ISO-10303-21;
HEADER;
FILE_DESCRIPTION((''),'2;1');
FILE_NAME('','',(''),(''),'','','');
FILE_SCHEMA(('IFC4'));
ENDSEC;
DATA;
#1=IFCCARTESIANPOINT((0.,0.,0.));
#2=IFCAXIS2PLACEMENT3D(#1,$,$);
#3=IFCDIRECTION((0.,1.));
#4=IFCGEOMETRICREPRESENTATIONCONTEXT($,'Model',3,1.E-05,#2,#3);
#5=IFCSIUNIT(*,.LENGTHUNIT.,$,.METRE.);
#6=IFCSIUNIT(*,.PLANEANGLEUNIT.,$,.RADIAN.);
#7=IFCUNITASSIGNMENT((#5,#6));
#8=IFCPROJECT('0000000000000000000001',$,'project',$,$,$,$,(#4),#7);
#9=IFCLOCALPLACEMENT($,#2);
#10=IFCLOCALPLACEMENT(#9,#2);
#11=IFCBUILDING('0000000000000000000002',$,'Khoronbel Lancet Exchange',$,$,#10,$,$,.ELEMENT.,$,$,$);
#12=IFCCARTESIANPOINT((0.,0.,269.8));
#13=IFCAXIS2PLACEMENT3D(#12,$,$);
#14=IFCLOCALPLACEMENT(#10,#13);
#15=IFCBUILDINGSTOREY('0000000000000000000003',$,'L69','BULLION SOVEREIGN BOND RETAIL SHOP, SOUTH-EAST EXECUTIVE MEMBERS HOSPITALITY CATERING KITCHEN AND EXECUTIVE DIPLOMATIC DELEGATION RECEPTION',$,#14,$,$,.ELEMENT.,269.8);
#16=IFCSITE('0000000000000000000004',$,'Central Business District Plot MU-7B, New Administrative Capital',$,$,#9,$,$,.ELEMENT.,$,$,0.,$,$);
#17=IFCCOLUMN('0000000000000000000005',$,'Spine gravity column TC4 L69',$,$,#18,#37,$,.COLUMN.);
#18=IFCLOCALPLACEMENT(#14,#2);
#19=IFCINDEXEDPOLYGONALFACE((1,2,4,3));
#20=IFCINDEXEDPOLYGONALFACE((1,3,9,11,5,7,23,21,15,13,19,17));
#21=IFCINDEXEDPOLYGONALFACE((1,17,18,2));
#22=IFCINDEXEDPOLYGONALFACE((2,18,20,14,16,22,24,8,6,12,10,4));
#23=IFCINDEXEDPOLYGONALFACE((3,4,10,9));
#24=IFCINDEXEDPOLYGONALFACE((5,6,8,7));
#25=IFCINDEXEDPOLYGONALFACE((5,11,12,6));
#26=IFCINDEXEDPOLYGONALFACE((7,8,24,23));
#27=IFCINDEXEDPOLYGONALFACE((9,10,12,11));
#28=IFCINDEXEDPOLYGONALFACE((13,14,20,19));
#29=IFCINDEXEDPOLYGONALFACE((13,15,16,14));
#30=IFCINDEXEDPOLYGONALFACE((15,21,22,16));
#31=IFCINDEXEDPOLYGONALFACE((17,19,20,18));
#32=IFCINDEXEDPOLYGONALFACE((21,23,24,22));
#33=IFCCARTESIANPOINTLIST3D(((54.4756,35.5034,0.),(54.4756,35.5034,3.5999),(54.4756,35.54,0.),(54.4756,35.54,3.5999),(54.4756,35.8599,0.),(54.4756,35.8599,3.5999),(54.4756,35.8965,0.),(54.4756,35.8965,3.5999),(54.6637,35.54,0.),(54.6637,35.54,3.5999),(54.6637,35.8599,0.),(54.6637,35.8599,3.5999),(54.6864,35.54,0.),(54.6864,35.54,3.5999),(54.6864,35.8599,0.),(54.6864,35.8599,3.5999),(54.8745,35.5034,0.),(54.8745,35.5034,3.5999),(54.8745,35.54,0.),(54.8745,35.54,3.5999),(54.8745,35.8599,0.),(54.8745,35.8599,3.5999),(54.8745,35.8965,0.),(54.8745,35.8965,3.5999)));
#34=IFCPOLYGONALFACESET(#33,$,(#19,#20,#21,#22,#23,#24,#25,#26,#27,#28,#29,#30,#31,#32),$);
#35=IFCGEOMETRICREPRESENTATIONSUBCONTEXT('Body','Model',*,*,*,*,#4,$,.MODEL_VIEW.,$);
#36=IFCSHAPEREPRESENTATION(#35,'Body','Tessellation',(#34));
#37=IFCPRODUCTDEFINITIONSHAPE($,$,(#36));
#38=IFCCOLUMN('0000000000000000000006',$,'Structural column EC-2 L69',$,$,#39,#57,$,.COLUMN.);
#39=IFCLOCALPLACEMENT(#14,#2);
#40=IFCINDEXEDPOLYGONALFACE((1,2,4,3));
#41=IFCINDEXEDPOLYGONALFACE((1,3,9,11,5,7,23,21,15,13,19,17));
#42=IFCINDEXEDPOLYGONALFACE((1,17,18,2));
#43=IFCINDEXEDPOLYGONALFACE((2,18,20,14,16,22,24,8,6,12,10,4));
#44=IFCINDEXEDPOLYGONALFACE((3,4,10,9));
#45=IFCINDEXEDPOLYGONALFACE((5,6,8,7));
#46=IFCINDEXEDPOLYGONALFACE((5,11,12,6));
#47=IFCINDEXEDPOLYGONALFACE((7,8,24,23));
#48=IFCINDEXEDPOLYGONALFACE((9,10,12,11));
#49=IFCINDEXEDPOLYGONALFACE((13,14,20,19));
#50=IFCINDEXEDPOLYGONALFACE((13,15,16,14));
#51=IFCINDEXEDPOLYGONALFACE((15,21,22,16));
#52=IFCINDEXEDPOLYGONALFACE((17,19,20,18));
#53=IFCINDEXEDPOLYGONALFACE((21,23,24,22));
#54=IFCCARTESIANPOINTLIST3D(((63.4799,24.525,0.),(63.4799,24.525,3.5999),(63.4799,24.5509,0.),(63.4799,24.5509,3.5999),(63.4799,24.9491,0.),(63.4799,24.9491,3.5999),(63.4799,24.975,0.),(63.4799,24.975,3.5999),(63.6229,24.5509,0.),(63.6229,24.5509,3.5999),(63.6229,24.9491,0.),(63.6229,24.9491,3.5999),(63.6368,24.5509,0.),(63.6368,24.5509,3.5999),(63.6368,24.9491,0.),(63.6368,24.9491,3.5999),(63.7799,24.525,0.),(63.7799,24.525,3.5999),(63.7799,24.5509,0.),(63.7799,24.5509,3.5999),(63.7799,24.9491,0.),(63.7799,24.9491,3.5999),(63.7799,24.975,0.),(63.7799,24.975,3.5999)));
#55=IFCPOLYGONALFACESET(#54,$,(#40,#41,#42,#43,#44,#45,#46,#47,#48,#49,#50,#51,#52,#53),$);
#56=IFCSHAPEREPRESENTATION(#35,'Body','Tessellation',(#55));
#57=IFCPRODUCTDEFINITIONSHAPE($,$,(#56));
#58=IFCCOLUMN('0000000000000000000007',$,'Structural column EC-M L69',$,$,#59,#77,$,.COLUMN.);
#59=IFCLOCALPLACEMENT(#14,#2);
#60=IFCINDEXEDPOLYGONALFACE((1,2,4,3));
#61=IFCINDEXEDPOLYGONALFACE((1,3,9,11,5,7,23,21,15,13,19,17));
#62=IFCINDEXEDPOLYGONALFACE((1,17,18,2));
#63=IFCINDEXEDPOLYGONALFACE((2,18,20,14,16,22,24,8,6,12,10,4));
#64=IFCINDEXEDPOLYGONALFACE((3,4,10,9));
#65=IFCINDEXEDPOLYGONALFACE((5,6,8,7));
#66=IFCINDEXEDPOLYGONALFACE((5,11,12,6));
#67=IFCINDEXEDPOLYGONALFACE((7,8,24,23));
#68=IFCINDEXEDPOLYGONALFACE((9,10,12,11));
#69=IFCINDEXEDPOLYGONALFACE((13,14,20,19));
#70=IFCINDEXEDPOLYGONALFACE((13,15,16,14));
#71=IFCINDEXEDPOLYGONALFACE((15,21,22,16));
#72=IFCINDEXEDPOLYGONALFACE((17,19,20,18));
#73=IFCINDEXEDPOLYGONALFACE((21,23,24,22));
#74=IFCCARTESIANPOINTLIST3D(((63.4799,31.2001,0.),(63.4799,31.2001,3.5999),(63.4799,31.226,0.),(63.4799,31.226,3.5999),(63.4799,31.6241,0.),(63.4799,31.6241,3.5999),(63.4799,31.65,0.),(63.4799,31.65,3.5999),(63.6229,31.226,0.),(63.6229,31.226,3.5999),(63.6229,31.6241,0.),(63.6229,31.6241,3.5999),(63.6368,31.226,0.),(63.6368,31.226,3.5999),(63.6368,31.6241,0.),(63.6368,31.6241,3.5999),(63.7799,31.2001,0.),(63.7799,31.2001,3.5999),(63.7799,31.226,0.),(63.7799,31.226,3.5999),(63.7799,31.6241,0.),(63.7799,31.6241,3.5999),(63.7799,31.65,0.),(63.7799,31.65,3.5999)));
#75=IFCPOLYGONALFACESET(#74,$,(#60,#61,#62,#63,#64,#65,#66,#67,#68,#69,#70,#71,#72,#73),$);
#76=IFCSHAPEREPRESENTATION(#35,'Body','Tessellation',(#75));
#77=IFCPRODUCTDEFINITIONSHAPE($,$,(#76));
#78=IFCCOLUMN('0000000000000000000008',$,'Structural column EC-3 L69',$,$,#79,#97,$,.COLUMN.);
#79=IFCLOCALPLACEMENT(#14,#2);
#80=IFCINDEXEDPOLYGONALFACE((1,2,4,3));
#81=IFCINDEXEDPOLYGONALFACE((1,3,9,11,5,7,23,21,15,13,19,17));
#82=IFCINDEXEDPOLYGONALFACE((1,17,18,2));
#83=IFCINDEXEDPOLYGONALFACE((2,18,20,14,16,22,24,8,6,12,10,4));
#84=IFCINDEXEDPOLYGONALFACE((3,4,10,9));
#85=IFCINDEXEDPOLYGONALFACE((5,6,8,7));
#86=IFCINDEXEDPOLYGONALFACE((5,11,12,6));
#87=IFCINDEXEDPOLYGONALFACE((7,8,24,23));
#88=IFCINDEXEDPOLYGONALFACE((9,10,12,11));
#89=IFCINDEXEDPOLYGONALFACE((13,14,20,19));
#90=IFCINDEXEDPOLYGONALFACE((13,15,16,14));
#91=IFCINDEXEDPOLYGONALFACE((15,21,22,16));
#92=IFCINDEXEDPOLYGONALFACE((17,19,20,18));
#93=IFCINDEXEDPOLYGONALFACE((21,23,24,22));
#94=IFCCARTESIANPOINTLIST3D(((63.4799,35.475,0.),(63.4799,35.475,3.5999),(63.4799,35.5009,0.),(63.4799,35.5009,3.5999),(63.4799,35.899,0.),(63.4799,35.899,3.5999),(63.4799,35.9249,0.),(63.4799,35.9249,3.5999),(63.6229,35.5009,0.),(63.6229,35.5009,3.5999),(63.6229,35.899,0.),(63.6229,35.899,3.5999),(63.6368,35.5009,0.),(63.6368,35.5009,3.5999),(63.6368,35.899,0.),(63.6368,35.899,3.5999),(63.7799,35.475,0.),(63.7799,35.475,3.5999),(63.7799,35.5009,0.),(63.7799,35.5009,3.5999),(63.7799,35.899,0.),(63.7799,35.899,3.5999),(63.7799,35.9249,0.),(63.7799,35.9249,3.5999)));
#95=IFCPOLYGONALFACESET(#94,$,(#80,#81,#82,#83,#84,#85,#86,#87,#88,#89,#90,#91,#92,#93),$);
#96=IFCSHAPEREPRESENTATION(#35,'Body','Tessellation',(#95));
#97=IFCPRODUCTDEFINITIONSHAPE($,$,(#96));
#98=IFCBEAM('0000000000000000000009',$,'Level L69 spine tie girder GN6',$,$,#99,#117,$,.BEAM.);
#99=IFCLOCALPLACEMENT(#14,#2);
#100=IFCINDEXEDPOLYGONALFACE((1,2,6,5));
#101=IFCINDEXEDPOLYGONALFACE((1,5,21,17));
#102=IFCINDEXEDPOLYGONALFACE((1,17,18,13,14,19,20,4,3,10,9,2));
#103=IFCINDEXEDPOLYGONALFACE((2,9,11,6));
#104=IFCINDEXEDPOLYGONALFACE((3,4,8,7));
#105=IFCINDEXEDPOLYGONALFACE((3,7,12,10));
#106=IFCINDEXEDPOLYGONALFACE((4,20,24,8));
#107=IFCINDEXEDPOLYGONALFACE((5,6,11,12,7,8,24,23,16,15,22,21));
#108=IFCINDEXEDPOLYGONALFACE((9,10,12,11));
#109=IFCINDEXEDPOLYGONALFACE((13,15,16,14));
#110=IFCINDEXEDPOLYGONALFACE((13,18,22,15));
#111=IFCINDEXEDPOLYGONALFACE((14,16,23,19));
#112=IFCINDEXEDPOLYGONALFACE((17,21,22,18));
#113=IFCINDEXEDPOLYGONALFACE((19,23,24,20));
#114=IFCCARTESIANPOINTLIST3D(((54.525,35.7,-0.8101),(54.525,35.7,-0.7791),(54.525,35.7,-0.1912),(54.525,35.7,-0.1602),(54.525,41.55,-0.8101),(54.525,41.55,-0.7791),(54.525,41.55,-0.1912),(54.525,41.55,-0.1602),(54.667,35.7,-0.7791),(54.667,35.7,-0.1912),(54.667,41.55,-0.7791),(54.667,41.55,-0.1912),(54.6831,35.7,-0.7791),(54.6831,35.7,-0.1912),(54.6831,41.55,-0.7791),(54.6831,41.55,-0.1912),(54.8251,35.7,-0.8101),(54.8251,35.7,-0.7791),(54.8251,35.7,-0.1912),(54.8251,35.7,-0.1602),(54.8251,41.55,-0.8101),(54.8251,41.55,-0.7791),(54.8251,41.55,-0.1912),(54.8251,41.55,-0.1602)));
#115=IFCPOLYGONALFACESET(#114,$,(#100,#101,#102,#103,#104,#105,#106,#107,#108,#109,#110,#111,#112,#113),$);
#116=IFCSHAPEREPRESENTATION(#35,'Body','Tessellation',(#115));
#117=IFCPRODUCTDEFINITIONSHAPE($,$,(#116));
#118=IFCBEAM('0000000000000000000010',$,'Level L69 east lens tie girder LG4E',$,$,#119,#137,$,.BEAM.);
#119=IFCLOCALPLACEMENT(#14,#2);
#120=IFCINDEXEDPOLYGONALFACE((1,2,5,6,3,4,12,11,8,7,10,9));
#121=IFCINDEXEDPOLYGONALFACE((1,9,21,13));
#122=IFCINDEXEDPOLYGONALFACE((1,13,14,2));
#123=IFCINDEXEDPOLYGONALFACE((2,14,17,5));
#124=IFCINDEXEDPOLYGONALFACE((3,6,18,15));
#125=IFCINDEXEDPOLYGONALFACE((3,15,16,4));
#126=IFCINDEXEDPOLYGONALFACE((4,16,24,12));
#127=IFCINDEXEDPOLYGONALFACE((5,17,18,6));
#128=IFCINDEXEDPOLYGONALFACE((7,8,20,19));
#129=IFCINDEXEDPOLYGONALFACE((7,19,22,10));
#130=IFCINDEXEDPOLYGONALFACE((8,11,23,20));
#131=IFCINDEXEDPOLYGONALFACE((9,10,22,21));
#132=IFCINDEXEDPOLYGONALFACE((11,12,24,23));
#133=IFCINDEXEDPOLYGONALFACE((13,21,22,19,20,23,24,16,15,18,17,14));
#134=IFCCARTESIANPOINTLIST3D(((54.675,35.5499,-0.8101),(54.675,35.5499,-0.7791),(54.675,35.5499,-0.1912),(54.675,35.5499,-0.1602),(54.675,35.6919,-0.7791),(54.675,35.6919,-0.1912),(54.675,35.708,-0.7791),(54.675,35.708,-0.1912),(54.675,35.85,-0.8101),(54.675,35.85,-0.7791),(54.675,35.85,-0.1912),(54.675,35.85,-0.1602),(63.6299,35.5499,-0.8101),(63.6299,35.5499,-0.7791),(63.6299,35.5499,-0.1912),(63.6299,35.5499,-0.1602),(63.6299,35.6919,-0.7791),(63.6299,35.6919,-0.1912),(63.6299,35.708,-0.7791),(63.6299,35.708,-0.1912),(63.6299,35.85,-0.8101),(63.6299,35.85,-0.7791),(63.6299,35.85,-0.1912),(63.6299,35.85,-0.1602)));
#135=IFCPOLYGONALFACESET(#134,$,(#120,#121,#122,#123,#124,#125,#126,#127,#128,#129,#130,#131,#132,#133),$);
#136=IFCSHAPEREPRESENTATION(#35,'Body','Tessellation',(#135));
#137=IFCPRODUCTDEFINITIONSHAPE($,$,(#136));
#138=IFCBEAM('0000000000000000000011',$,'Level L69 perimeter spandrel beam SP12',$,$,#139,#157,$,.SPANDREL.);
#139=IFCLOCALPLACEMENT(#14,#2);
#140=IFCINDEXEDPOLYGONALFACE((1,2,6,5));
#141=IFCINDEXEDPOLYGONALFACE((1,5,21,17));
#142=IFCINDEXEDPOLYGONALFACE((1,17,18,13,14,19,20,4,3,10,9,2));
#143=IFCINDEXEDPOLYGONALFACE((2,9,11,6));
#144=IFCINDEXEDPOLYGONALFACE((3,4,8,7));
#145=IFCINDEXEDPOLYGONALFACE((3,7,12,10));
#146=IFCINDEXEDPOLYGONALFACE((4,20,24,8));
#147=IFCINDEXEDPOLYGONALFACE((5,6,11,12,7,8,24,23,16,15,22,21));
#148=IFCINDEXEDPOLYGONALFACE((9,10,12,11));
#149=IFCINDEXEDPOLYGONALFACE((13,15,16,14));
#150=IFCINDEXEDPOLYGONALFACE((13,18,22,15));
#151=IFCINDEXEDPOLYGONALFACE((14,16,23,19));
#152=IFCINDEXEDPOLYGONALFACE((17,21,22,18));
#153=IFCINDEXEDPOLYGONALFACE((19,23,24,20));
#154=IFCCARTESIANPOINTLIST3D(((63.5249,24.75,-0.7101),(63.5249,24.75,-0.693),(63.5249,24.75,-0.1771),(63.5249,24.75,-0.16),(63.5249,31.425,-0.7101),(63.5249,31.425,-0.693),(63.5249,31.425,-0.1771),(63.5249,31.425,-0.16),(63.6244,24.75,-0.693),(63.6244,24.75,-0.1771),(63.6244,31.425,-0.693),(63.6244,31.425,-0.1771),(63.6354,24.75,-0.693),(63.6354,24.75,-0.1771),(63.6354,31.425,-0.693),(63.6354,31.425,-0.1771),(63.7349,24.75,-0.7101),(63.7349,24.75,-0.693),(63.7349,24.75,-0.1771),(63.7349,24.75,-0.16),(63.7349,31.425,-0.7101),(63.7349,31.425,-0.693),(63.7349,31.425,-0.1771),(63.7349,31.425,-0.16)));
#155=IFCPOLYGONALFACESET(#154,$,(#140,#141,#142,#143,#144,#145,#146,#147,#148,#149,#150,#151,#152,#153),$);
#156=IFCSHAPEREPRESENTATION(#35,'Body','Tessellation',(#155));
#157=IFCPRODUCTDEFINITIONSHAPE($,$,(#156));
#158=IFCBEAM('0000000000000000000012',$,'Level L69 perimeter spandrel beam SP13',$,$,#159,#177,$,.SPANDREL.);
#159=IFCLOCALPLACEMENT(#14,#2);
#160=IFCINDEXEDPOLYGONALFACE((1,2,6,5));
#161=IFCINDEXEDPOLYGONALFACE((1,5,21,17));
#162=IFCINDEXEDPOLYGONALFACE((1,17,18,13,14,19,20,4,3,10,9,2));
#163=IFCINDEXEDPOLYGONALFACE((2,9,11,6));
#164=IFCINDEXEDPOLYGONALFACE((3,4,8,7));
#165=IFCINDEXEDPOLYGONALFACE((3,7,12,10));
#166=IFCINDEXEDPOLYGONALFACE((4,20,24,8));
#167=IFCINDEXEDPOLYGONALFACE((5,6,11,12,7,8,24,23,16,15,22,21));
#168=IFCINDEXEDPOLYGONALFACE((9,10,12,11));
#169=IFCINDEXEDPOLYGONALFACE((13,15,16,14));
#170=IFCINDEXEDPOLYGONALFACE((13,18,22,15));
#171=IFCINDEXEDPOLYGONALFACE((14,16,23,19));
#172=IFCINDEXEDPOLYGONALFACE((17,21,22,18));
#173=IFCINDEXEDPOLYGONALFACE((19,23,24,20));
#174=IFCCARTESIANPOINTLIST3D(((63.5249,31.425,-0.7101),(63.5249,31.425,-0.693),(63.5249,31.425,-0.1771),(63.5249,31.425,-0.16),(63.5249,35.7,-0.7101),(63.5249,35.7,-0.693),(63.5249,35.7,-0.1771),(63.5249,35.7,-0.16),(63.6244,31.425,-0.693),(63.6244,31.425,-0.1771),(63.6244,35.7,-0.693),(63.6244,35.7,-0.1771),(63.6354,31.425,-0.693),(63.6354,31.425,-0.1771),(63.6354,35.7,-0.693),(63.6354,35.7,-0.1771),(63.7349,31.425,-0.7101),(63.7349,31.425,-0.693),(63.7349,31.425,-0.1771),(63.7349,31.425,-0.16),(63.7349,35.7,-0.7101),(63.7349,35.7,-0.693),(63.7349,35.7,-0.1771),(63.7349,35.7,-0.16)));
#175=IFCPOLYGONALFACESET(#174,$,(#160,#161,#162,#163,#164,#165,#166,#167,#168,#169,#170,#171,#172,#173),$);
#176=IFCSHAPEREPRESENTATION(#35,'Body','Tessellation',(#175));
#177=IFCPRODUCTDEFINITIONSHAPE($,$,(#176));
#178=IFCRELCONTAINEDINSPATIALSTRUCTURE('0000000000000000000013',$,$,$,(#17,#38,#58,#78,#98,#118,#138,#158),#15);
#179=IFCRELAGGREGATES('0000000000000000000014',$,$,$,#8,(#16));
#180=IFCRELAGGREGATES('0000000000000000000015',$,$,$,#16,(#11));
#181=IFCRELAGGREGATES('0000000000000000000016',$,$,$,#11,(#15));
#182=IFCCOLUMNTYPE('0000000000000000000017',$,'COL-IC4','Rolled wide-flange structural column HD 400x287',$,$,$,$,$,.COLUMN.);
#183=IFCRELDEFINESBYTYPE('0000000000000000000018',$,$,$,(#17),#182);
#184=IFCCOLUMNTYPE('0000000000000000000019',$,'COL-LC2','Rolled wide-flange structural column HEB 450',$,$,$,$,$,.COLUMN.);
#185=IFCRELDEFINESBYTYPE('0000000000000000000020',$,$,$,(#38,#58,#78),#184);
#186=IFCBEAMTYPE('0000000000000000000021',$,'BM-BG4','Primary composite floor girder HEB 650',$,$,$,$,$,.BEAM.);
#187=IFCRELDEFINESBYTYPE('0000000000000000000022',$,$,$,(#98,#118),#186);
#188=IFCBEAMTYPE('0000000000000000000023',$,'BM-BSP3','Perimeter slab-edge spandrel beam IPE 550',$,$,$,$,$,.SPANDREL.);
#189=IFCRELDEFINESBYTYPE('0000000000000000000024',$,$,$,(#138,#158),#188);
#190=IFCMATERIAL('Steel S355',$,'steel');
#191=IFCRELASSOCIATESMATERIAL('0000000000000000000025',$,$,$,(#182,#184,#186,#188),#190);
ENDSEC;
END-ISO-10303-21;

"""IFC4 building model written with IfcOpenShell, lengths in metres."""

from ifc_helpers import new_model, si_unit, direction, frame, origin, origin_2d, place, context, subcontext, project, spatial, i_section, extrude, material, material_profile, profile_set, type_object, element, save


model = new_model("IFC4")

# Units and contexts
model_context = context("Model", 3, precision=1e-05, world=origin(), true_north=direction((0.0, 1.0)))
body_context = subcontext(model_context, "Body", "Model", "MODEL_VIEW")
ifc_project = project(units=[si_unit("LENGTHUNIT", "METRE"), si_unit("PLANEANGLEUNIT", "RADIAN")], contexts=[model_context])

# Site, building, storey
site_placement = place(None, origin())
site = spatial("IfcSite", under=ifc_project, at=site_placement, Name="Central Business District Plot MU-7B, New Administrative Capital", CompositionType="ELEMENT", RefElevation=0.0)
building_placement = place(site_placement, origin())
building = spatial("IfcBuilding", under=site, at=building_placement, Name="Khoronbel Lancet Exchange", CompositionType="ELEMENT")
storey_placement = place(building_placement, frame((0.0, 0.0, 269.8)))
storey = spatial("IfcBuildingStorey", under=building, at=storey_placement, Name="L69", Description="BULLION SOVEREIGN BOND RETAIL SHOP, SOUTH-EAST EXECUTIVE MEMBERS HOSPITALITY CATERING KITCHEN AND EXECUTIVE DIPLOMATIC DELEGATION RECEPTION", CompositionType="ELEMENT", Elevation=269.8)

# Columns
ifc_material_1 = material(Name="Steel S355", Category="steel")
ifc_material_profile_1 = material_profile(ifc_material_1, i_section(OverallWidth=0.3989, OverallDepth=0.3931, WebThickness=0.0227, FlangeThickness=0.0366, at=origin_2d()), Name="HD 400x287")
ifc_profile_set_1 = profile_set([ifc_material_profile_1], Name="Steel S355")
column_type_1 = type_object("IfcColumnType", Name="COL-IC4", Description="Rolled wide-flange structural column HD 400x287", PredefinedType="COLUMN", material=ifc_profile_set_1)
column_placement = place(storey_placement, frame((54.675, 35.7, 0.0), z_axis=(0.0, 0.0, 1.0), x_axis=(1.0, 0.0, 0.0)))
element("IfcColumn", 1, at=column_placement, inside=storey, type_object=column_type_1, Name="Spine gravity column TC4 L69", PredefinedType="COLUMN", context=body_context, shape_type="SweptSolid", body=[
    extrude(i_section(OverallWidth=0.3989, OverallDepth=0.3931, WebThickness=0.0227, FlangeThickness=0.0366, at=origin_2d()), origin(), (0.0, 0.0, 1.0), 3.5999),
])
ifc_material_profile_2 = material_profile(ifc_material_1, i_section(OverallWidth=0.3, OverallDepth=0.45, WebThickness=0.0139, FlangeThickness=0.0259, at=origin_2d()), Name="HEB 450")
ifc_profile_set_2 = profile_set([ifc_material_profile_2], Name="Steel S355")
column_type_2 = type_object("IfcColumnType", Name="COL-LC2", Description="Rolled wide-flange structural column HEB 450", PredefinedType="COLUMN", material=ifc_profile_set_2)
for number, where, z_axis, x_axis, name in (
    (2, (63.6299, 24.75, 0.0), (0.0, 0.0, 1.0), (1.0, 0.0, 0.0), "Structural column EC-2 L69"),
    (3, (63.6299, 31.425, 0.0), (0.0, 0.0, 1.0), (1.0, 0.0, 0.0), "Structural column EC-M L69"),
    (4, (63.6299, 35.7, 0.0), (0.0, 0.0, 1.0), (1.0, 0.0, 0.0), "Structural column EC-3 L69"),
):
    element("IfcColumn", number, at=place(storey_placement, frame(where, z_axis=z_axis, x_axis=x_axis)), inside=storey, type_object=column_type_2, Name=name, PredefinedType="COLUMN", context=body_context, shape_type="SweptSolid", body=[
        extrude(i_section(OverallWidth=0.3, OverallDepth=0.45, WebThickness=0.0139, FlangeThickness=0.0259, at=origin_2d()), origin(), (0.0, 0.0, 1.0), 3.5999),
    ])

# Beams
ifc_material_profile_3 = material_profile(ifc_material_1, i_section(OverallWidth=0.3, OverallDepth=0.6499, WebThickness=0.0161, FlangeThickness=0.031, at=origin_2d()), Name="HEB 650")
ifc_profile_set_3 = profile_set([ifc_material_profile_3], Name="Steel S355")
beam_type_1 = type_object("IfcBeamType", Name="BM-BG4", Description="Primary composite floor girder HEB 650", PredefinedType="BEAM", material=ifc_profile_set_3)
beam_1_placement = place(storey_placement, frame((54.675, 35.7, -0.4851), z_axis=(0.0, 1.0, 0.0), x_axis=(-1.0, 0.0, 0.0)))
element("IfcBeam", 5, at=beam_1_placement, inside=storey, type_object=beam_type_1, Name="Level L69 spine tie girder GN6", PredefinedType="BEAM", context=body_context, shape_type="SweptSolid", body=[
    extrude(i_section(OverallWidth=0.3, OverallDepth=0.6499, WebThickness=0.0161, FlangeThickness=0.031, at=origin_2d()), origin(), (0.0, 0.0, 1.0), 5.8501),
])
beam_2_placement = place(storey_placement, frame((54.675, 35.7, -0.4851), z_axis=(1.0, 0.0, 0.0), x_axis=(0.0, 1.0, 0.0)))
element("IfcBeam", 6, at=beam_2_placement, inside=storey, type_object=beam_type_1, Name="Level L69 east lens tie girder LG4E", PredefinedType="BEAM", context=body_context, shape_type="SweptSolid", body=[
    extrude(i_section(OverallWidth=0.3, OverallDepth=0.6499, WebThickness=0.0161, FlangeThickness=0.031, at=origin_2d()), origin(), (0.0, 0.0, 1.0), 8.9548),
])
ifc_material_profile_4 = material_profile(ifc_material_1, i_section(OverallWidth=0.21, OverallDepth=0.55, WebThickness=0.011, FlangeThickness=0.0171, at=origin_2d()), Name="IPE 550")
ifc_profile_set_4 = profile_set([ifc_material_profile_4], Name="Steel S355")
beam_type_2 = type_object("IfcBeamType", Name="BM-BSP3", Description="Perimeter slab-edge spandrel beam IPE 550", PredefinedType="SPANDREL", material=ifc_profile_set_4)
beam_3_placement = place(storey_placement, frame((63.6299, 24.75, -0.4351), z_axis=(0.0, 1.0, 0.0), x_axis=(-1.0, 0.0, 0.0)))
element("IfcBeam", 7, at=beam_3_placement, inside=storey, type_object=beam_type_2, Name="Level L69 perimeter spandrel beam SP12", PredefinedType="SPANDREL", context=body_context, shape_type="SweptSolid", body=[
    extrude(i_section(OverallWidth=0.21, OverallDepth=0.55, WebThickness=0.011, FlangeThickness=0.0171, at=origin_2d()), origin(), (0.0, 0.0, 1.0), 6.675),
])
beam_4_placement = place(storey_placement, frame((63.6299, 31.425, -0.4351), z_axis=(0.0, 1.0, 0.0), x_axis=(-1.0, 0.0, 0.0)))
element("IfcBeam", 8, at=beam_4_placement, inside=storey, type_object=beam_type_2, Name="Level L69 perimeter spandrel beam SP13", PredefinedType="SPANDREL", context=body_context, shape_type="SweptSolid", body=[
    extrude(i_section(OverallWidth=0.21, OverallDepth=0.55, WebThickness=0.011, FlangeThickness=0.0171, at=origin_2d()), origin(), (0.0, 0.0, 1.0), 4.2749),
])

save(model, "model.ifc")
